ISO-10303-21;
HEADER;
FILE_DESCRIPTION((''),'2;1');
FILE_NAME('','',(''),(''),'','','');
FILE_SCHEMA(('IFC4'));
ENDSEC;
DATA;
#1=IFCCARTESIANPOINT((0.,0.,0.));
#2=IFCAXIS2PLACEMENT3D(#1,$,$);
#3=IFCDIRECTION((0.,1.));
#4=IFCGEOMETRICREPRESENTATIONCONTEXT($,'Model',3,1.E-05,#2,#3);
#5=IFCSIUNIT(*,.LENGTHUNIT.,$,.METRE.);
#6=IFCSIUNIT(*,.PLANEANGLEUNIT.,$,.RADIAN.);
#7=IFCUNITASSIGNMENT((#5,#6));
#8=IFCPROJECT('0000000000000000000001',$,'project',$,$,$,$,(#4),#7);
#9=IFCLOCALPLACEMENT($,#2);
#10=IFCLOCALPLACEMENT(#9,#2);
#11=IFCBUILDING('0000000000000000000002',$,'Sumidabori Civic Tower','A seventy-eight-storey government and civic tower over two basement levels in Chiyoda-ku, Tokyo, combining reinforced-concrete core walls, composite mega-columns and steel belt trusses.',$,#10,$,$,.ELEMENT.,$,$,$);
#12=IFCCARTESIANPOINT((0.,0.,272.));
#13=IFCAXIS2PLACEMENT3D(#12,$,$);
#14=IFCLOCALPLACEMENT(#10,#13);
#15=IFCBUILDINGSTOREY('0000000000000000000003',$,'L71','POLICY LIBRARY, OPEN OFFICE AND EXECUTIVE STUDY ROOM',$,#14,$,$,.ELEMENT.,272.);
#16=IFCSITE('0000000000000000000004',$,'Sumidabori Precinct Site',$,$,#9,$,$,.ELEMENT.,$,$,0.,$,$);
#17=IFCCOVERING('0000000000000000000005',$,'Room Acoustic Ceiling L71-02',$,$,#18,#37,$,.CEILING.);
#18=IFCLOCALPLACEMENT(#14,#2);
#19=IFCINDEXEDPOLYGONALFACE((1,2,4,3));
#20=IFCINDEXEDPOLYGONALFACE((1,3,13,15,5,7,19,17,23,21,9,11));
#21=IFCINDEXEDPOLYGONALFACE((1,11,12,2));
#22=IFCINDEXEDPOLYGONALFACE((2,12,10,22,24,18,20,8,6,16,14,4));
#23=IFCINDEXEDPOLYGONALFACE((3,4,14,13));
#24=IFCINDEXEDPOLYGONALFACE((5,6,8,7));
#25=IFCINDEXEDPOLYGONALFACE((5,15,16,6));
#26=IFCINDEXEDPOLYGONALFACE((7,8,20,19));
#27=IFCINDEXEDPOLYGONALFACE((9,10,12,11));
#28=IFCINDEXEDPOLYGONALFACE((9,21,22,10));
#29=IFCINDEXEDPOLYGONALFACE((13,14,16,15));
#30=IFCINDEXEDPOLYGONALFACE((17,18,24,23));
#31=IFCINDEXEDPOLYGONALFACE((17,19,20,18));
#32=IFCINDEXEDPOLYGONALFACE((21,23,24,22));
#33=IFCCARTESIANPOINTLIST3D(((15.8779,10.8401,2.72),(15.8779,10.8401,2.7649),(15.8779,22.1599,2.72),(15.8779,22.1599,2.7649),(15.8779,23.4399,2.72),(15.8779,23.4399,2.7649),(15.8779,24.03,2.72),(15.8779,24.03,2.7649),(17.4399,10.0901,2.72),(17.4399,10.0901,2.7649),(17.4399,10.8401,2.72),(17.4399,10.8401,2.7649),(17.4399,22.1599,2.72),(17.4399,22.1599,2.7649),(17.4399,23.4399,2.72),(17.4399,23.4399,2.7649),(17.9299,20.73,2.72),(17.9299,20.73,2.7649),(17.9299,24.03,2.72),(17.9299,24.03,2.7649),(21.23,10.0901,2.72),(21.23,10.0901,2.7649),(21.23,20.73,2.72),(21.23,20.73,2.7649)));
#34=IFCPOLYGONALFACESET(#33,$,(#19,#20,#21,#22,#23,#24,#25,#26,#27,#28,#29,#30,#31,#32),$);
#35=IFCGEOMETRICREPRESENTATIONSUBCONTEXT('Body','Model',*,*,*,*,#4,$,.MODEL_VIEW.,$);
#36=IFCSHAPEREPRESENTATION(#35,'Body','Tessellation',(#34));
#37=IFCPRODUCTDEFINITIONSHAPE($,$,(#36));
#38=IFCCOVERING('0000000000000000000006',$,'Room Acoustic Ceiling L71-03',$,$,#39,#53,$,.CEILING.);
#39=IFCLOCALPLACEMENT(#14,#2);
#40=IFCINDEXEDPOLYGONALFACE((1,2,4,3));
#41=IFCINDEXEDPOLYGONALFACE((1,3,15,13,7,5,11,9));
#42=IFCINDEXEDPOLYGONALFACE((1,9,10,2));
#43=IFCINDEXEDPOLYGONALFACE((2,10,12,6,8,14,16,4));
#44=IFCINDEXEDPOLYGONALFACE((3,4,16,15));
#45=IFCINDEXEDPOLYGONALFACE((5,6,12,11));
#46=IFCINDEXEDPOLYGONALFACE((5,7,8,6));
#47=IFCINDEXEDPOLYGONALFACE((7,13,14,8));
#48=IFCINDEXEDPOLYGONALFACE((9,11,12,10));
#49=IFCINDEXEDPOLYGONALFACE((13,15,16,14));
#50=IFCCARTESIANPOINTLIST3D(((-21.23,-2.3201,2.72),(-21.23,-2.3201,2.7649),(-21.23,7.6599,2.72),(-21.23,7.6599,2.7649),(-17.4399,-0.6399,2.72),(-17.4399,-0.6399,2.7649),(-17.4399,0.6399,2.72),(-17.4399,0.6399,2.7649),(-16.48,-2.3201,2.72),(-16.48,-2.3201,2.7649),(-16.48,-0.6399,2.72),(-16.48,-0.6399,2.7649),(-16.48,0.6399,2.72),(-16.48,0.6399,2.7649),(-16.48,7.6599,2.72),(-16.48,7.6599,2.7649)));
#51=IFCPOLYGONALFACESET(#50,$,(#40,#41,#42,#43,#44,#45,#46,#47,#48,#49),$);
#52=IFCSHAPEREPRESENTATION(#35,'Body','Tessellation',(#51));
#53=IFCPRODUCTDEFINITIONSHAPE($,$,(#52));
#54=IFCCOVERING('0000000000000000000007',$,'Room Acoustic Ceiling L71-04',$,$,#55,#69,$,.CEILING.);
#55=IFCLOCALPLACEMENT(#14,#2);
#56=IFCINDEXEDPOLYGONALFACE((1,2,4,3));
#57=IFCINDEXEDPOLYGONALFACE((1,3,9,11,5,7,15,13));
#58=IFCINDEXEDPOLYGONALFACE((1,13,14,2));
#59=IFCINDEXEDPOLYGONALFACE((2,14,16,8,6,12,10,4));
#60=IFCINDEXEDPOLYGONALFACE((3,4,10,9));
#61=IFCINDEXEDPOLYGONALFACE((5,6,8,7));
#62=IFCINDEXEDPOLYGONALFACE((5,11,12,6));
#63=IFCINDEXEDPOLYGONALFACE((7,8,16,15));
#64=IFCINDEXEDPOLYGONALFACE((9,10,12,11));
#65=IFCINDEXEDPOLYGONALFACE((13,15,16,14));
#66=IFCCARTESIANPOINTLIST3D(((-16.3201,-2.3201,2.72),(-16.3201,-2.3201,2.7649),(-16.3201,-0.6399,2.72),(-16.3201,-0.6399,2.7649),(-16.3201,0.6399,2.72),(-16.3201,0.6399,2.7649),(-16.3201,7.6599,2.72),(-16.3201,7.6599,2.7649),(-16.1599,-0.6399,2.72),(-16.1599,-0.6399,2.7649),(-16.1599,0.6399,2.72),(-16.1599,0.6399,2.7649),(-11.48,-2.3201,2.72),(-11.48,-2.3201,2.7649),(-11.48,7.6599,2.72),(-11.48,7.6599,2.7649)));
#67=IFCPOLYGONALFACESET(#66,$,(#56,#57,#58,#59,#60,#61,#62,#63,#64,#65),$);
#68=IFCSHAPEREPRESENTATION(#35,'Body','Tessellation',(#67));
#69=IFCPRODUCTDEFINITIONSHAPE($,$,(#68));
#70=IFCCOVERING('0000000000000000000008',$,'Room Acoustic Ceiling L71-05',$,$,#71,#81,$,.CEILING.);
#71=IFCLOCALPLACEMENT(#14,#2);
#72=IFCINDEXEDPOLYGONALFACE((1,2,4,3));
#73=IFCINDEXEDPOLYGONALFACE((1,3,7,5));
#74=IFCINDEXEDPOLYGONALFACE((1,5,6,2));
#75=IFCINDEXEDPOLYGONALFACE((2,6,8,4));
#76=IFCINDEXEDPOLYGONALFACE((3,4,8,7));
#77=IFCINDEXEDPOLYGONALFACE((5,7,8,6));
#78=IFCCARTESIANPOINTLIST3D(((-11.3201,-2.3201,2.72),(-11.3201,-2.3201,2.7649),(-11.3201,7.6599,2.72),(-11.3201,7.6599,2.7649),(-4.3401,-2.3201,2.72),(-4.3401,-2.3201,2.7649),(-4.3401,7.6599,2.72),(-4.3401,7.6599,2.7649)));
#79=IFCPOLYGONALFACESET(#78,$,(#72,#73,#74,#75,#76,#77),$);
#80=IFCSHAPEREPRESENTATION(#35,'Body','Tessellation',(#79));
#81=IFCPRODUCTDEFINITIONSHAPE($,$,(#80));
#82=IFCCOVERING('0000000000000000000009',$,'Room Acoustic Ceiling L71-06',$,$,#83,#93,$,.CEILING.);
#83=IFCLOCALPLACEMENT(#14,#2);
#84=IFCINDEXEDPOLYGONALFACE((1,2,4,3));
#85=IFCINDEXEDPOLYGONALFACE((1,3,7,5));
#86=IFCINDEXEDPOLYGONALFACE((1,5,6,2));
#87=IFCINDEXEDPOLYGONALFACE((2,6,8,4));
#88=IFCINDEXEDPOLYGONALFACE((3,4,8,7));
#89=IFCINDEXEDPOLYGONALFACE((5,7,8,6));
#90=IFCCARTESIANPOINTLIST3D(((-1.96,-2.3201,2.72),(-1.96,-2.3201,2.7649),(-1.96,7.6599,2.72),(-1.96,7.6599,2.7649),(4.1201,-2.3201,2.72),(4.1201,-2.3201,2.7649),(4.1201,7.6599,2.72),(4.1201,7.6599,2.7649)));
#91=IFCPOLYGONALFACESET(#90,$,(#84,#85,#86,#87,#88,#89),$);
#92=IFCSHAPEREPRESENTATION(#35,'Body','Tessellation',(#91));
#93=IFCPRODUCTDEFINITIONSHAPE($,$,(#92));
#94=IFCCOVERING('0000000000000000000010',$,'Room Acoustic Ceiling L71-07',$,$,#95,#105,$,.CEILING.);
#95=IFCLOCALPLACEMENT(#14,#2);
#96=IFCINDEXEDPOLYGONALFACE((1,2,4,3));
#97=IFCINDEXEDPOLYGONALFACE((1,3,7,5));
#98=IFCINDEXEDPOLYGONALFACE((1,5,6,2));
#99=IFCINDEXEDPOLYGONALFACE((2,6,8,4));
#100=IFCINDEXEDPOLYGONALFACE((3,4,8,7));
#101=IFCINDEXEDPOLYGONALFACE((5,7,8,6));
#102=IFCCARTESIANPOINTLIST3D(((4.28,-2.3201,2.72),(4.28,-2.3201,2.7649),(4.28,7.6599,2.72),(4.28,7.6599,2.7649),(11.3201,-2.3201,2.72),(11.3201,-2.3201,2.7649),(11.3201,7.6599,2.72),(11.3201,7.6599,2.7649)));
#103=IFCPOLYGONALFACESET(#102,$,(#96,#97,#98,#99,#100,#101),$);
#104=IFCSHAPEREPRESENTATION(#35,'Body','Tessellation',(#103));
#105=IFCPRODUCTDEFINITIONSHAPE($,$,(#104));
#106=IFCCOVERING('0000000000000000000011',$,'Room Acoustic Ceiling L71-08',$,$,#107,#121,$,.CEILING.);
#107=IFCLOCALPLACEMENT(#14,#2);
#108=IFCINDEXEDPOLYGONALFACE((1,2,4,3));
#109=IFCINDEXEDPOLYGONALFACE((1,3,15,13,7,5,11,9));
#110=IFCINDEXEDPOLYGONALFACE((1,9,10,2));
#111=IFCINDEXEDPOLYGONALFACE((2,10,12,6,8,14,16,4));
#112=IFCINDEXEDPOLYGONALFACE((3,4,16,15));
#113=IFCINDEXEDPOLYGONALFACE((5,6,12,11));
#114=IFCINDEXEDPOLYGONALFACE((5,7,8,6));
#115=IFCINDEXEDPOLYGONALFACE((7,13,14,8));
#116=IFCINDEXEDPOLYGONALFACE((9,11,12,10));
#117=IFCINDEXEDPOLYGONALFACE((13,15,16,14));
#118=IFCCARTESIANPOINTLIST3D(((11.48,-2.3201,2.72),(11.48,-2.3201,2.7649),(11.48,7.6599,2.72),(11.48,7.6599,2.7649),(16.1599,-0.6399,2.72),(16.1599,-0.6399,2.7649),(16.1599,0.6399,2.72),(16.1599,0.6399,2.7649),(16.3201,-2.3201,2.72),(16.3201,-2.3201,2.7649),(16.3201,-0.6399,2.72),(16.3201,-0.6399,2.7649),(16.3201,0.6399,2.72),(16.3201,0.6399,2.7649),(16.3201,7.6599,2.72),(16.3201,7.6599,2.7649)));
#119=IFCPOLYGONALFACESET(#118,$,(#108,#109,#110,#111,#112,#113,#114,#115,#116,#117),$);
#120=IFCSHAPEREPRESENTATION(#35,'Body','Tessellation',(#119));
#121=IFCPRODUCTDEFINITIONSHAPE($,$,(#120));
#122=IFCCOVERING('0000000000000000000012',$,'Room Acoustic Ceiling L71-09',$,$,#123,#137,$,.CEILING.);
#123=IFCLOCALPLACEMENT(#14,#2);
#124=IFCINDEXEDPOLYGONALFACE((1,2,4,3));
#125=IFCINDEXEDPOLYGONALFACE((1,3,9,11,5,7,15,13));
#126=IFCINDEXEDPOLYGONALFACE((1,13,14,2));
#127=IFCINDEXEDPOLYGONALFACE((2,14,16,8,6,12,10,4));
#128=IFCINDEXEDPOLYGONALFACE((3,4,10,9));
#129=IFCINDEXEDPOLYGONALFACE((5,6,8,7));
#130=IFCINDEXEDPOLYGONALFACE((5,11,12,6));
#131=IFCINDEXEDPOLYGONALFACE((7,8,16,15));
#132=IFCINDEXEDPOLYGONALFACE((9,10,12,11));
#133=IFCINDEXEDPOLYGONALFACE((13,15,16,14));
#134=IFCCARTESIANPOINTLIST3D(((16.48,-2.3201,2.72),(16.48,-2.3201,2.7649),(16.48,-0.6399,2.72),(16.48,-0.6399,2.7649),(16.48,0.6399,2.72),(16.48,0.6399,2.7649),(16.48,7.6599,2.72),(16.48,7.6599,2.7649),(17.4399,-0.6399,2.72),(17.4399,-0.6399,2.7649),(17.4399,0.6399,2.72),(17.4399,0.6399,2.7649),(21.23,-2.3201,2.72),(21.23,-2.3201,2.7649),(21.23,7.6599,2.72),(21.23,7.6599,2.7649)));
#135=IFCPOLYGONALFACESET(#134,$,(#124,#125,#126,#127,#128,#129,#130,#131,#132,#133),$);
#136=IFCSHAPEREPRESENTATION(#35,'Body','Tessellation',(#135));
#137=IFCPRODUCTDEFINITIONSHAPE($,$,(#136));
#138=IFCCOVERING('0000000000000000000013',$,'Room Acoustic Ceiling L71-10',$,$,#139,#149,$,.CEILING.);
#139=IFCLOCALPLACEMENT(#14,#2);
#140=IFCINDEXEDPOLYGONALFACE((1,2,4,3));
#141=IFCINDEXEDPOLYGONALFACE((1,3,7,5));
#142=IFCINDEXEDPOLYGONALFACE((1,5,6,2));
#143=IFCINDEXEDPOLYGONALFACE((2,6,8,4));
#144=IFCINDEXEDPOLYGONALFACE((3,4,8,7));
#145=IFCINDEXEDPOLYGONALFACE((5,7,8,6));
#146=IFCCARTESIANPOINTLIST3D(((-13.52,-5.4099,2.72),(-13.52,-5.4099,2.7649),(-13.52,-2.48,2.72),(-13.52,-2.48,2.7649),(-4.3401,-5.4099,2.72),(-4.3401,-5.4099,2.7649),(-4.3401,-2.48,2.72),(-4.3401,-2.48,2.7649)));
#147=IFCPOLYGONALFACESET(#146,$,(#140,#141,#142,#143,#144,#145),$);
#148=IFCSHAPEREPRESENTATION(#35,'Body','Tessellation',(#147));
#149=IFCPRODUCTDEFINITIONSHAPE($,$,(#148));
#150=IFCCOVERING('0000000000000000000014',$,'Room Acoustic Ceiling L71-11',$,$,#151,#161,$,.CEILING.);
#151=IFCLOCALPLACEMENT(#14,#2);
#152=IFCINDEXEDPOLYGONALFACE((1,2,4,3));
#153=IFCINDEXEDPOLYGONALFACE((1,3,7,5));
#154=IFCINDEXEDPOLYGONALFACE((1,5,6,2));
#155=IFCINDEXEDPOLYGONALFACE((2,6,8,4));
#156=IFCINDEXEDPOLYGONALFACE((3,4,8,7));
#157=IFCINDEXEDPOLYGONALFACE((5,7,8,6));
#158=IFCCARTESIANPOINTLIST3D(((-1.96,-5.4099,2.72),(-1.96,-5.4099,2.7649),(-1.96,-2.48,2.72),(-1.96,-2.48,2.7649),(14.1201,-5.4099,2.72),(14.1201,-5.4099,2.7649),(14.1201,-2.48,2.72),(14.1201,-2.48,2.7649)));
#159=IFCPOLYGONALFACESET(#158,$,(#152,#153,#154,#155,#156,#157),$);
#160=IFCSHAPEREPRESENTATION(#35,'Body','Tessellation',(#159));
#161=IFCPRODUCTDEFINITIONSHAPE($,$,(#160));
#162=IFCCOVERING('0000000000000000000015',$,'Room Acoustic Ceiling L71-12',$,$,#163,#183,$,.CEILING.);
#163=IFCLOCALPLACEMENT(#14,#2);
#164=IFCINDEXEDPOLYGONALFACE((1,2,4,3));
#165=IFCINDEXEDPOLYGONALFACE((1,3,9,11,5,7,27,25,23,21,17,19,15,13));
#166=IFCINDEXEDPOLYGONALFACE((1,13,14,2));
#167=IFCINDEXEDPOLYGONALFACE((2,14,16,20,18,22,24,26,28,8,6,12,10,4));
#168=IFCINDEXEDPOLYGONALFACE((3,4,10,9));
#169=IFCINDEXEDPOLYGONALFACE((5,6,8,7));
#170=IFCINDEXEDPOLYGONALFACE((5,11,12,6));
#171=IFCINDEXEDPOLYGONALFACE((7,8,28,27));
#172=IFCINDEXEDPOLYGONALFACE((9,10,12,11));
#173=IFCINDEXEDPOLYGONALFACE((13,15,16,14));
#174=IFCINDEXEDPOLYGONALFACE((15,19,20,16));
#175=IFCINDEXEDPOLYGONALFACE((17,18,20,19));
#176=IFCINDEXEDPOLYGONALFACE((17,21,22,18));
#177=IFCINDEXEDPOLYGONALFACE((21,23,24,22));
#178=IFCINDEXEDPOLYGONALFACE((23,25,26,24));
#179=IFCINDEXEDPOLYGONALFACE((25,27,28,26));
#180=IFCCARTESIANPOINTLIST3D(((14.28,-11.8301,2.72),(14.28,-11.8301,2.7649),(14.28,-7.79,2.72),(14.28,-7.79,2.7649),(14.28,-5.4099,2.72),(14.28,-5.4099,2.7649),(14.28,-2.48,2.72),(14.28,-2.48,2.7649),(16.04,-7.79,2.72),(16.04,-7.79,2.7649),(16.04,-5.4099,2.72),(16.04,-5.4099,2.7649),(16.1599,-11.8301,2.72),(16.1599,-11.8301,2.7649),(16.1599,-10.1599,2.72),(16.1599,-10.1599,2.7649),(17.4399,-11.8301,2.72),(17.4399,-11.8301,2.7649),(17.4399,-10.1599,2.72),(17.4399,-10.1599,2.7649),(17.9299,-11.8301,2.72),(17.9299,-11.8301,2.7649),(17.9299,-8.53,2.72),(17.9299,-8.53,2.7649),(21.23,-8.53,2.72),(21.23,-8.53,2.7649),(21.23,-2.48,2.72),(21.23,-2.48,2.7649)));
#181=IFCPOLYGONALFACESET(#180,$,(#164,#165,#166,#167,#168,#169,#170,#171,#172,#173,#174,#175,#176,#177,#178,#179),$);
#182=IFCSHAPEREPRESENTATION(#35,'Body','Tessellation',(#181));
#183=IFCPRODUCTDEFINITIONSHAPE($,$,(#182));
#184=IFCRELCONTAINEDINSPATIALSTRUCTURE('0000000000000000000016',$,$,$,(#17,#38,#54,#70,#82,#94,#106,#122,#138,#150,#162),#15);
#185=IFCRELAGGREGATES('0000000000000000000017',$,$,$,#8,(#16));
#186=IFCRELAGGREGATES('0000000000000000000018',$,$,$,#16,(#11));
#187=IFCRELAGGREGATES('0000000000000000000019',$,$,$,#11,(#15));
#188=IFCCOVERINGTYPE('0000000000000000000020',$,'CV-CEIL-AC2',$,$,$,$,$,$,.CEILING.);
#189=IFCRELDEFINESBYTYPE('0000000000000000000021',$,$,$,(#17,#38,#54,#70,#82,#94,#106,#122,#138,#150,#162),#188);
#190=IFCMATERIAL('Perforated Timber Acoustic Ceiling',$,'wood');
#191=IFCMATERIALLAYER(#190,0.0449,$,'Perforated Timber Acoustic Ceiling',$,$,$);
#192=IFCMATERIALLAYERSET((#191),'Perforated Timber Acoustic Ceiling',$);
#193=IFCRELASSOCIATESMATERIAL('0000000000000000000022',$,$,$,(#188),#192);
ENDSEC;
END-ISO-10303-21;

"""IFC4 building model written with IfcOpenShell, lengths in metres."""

from ifc_helpers import new_model, si_unit, direction, frame, origin, place, context, subcontext, project, spatial, polyline, outline, extrude, material, layer, layer_set, type_object, element, save


model = new_model("IFC4")

# Units and contexts
model_context = context("Model", 3, precision=1e-05, world=origin(), true_north=direction((0.0, 1.0)))
body_context = subcontext(model_context, "Body", "Model", "MODEL_VIEW")
ifc_project = project(units=[si_unit("LENGTHUNIT", "METRE"), si_unit("PLANEANGLEUNIT", "RADIAN")], contexts=[model_context])

# Site, building, storey
site_placement = place(None, origin())
site = spatial("IfcSite", under=ifc_project, at=site_placement, Name="Sumidabori Precinct Site", CompositionType="ELEMENT", RefElevation=0.0)
building_placement = place(site_placement, origin())
building = spatial("IfcBuilding", under=site, at=building_placement, Name="Sumidabori Civic Tower", Description="A seventy-eight-storey government and civic tower over two basement levels in Chiyoda-ku, Tokyo, combining reinforced-concrete core walls, composite mega-columns and steel belt trusses.", CompositionType="ELEMENT")
storey_placement = place(building_placement, frame((0.0, 0.0, 272.0)))
storey = spatial("IfcBuildingStorey", under=building, at=storey_placement, Name="L71", Description="POLICY LIBRARY, OPEN OFFICE AND EXECUTIVE STUDY ROOM", CompositionType="ELEMENT", Elevation=272.0)

# Coverings
ifc_material_1 = material(Name="Perforated Timber Acoustic Ceiling", Category="wood")
ifc_layer_1 = layer(ifc_material_1, 0.0449, Name="Perforated Timber Acoustic Ceiling")
ifc_layer_set_1 = layer_set([ifc_layer_1], Name="Perforated Timber Acoustic Ceiling")
covering_type_1 = type_object("IfcCoveringType", Name="CV-CEIL-AC2", PredefinedType="CEILING", material=ifc_layer_set_1)
covering_1_placement = place(storey_placement, frame((0.0, 0.0, 2.72)))
element("IfcCovering", 1, at=covering_1_placement, inside=storey, type_object=covering_type_1, Name="Room Acoustic Ceiling L71-02", PredefinedType="CEILING", context=body_context, shape_type="SweptSolid", body=[
    extrude(outline(polyline([(15.8779, 22.1599), (17.4399, 22.1599), (17.4399, 23.4399), (15.8779, 23.4399), (15.8779, 24.03), (17.9299, 24.03), (17.9299, 20.73), (21.23, 20.73), (21.23, 10.0901), (17.4399, 10.0901), (17.4399, 10.8401), (15.8779, 10.8401), (15.8779, 22.1599)])), origin(), (0.0, 0.0, 1.0), 0.0449),
])
covering_2_placement = place(storey_placement, frame((0.0, 0.0, 2.72)))
element("IfcCovering", 2, at=covering_2_placement, inside=storey, type_object=covering_type_1, Name="Room Acoustic Ceiling L71-03", PredefinedType="CEILING", context=body_context, shape_type="SweptSolid", body=[
    extrude(outline(polyline([(-21.23, -2.3201), (-21.23, 7.6599), (-16.48, 7.6599), (-16.48, 0.6399), (-17.4399, 0.6399), (-17.4399, -0.6399), (-16.48, -0.6399), (-16.48, -2.3201), (-21.23, -2.3201)])), origin(), (0.0, 0.0, 1.0), 0.0449),
])
covering_3_placement = place(storey_placement, frame((0.0, 0.0, 2.72)))
element("IfcCovering", 3, at=covering_3_placement, inside=storey, type_object=covering_type_1, Name="Room Acoustic Ceiling L71-04", PredefinedType="CEILING", context=body_context, shape_type="SweptSolid", body=[
    extrude(outline(polyline([(-16.1599, 0.6399), (-16.3201, 0.6399), (-16.3201, 7.6599), (-11.48, 7.6599), (-11.48, -2.3201), (-16.3201, -2.3201), (-16.3201, -0.6399), (-16.1599, -0.6399), (-16.1599, 0.6399)])), origin(), (0.0, 0.0, 1.0), 0.0449),
])
covering_4_placement = place(storey_placement, frame((0.0, 0.0, 2.72)))
element("IfcCovering", 4, at=covering_4_placement, inside=storey, type_object=covering_type_1, Name="Room Acoustic Ceiling L71-05", PredefinedType="CEILING", context=body_context, shape_type="SweptSolid", body=[
    extrude(outline(polyline([(-11.3201, -2.3201), (-11.3201, 7.6599), (-4.3401, 7.6599), (-4.3401, -2.3201), (-11.3201, -2.3201)])), origin(), (0.0, 0.0, 1.0), 0.0449),
])
covering_5_placement = place(storey_placement, frame((0.0, 0.0, 2.72)))
element("IfcCovering", 5, at=covering_5_placement, inside=storey, type_object=covering_type_1, Name="Room Acoustic Ceiling L71-06", PredefinedType="CEILING", context=body_context, shape_type="SweptSolid", body=[
    extrude(outline(polyline([(-1.96, 7.6599), (4.1201, 7.6599), (4.1201, -2.3201), (-1.96, -2.3201), (-1.96, 7.6599)])), origin(), (0.0, 0.0, 1.0), 0.0449),
])
covering_6_placement = place(storey_placement, frame((0.0, 0.0, 2.72)))
element("IfcCovering", 6, at=covering_6_placement, inside=storey, type_object=covering_type_1, Name="Room Acoustic Ceiling L71-07", PredefinedType="CEILING", context=body_context, shape_type="SweptSolid", body=[
    extrude(outline(polyline([(4.28, 7.6599), (11.3201, 7.6599), (11.3201, -2.3201), (4.28, -2.3201), (4.28, 7.6599)])), origin(), (0.0, 0.0, 1.0), 0.0449),
])
covering_7_placement = place(storey_placement, frame((0.0, 0.0, 2.72)))
element("IfcCovering", 7, at=covering_7_placement, inside=storey, type_object=covering_type_1, Name="Room Acoustic Ceiling L71-08", PredefinedType="CEILING", context=body_context, shape_type="SweptSolid", body=[
    extrude(outline(polyline([(11.48, 7.6599), (16.3201, 7.6599), (16.3201, 0.6399), (16.1599, 0.6399), (16.1599, -0.6399), (16.3201, -0.6399), (16.3201, -2.3201), (11.48, -2.3201), (11.48, 7.6599)])), origin(), (0.0, 0.0, 1.0), 0.0449),
])
covering_8_placement = place(storey_placement, frame((0.0, 0.0, 2.72)))
element("IfcCovering", 8, at=covering_8_placement, inside=storey, type_object=covering_type_1, Name="Room Acoustic Ceiling L71-09", PredefinedType="CEILING", context=body_context, shape_type="SweptSolid", body=[
    extrude(outline(polyline([(16.48, -0.6399), (17.4399, -0.6399), (17.4399, 0.6399), (16.48, 0.6399), (16.48, 7.6599), (21.23, 7.6599), (21.23, -2.3201), (16.48, -2.3201), (16.48, -0.6399)])), origin(), (0.0, 0.0, 1.0), 0.0449),
])
covering_9_placement = place(storey_placement, frame((0.0, 0.0, 2.72)))
element("IfcCovering", 9, at=covering_9_placement, inside=storey, type_object=covering_type_1, Name="Room Acoustic Ceiling L71-10", PredefinedType="CEILING", context=body_context, shape_type="SweptSolid", body=[
    extrude(outline(polyline([(-13.52, -2.48), (-4.3401, -2.48), (-4.3401, -5.4099), (-13.52, -5.4099), (-13.52, -2.48)])), origin(), (0.0, 0.0, 1.0), 0.0449),
])
covering_10_placement = place(storey_placement, frame((0.0, 0.0, 2.72)))
element("IfcCovering", 10, at=covering_10_placement, inside=storey, type_object=covering_type_1, Name="Room Acoustic Ceiling L71-11", PredefinedType="CEILING", context=body_context, shape_type="SweptSolid", body=[
    extrude(outline(polyline([(-1.96, -5.4099), (-1.96, -2.48), (14.1201, -2.48), (14.1201, -5.4099), (-1.96, -5.4099)])), origin(), (0.0, 0.0, 1.0), 0.0449),
])
covering_11_placement = place(storey_placement, frame((0.0, 0.0, 2.72)))
element("IfcCovering", 11, at=covering_11_placement, inside=storey, type_object=covering_type_1, Name="Room Acoustic Ceiling L71-12", PredefinedType="CEILING", context=body_context, shape_type="SweptSolid", body=[
    extrude(outline(polyline([(16.04, -7.79), (16.04, -5.4099), (14.28, -5.4099), (14.28, -2.48), (21.23, -2.48), (21.23, -8.53), (17.9299, -8.53), (17.9299, -11.8301), (17.4399, -11.8301), (17.4399, -10.1599), (16.1599, -10.1599), (16.1599, -11.8301), (14.28, -11.8301), (14.28, -7.79), (16.04, -7.79)])), origin(), (0.0, 0.0, 1.0), 0.0449),
])

save(model, "model.ifc")
